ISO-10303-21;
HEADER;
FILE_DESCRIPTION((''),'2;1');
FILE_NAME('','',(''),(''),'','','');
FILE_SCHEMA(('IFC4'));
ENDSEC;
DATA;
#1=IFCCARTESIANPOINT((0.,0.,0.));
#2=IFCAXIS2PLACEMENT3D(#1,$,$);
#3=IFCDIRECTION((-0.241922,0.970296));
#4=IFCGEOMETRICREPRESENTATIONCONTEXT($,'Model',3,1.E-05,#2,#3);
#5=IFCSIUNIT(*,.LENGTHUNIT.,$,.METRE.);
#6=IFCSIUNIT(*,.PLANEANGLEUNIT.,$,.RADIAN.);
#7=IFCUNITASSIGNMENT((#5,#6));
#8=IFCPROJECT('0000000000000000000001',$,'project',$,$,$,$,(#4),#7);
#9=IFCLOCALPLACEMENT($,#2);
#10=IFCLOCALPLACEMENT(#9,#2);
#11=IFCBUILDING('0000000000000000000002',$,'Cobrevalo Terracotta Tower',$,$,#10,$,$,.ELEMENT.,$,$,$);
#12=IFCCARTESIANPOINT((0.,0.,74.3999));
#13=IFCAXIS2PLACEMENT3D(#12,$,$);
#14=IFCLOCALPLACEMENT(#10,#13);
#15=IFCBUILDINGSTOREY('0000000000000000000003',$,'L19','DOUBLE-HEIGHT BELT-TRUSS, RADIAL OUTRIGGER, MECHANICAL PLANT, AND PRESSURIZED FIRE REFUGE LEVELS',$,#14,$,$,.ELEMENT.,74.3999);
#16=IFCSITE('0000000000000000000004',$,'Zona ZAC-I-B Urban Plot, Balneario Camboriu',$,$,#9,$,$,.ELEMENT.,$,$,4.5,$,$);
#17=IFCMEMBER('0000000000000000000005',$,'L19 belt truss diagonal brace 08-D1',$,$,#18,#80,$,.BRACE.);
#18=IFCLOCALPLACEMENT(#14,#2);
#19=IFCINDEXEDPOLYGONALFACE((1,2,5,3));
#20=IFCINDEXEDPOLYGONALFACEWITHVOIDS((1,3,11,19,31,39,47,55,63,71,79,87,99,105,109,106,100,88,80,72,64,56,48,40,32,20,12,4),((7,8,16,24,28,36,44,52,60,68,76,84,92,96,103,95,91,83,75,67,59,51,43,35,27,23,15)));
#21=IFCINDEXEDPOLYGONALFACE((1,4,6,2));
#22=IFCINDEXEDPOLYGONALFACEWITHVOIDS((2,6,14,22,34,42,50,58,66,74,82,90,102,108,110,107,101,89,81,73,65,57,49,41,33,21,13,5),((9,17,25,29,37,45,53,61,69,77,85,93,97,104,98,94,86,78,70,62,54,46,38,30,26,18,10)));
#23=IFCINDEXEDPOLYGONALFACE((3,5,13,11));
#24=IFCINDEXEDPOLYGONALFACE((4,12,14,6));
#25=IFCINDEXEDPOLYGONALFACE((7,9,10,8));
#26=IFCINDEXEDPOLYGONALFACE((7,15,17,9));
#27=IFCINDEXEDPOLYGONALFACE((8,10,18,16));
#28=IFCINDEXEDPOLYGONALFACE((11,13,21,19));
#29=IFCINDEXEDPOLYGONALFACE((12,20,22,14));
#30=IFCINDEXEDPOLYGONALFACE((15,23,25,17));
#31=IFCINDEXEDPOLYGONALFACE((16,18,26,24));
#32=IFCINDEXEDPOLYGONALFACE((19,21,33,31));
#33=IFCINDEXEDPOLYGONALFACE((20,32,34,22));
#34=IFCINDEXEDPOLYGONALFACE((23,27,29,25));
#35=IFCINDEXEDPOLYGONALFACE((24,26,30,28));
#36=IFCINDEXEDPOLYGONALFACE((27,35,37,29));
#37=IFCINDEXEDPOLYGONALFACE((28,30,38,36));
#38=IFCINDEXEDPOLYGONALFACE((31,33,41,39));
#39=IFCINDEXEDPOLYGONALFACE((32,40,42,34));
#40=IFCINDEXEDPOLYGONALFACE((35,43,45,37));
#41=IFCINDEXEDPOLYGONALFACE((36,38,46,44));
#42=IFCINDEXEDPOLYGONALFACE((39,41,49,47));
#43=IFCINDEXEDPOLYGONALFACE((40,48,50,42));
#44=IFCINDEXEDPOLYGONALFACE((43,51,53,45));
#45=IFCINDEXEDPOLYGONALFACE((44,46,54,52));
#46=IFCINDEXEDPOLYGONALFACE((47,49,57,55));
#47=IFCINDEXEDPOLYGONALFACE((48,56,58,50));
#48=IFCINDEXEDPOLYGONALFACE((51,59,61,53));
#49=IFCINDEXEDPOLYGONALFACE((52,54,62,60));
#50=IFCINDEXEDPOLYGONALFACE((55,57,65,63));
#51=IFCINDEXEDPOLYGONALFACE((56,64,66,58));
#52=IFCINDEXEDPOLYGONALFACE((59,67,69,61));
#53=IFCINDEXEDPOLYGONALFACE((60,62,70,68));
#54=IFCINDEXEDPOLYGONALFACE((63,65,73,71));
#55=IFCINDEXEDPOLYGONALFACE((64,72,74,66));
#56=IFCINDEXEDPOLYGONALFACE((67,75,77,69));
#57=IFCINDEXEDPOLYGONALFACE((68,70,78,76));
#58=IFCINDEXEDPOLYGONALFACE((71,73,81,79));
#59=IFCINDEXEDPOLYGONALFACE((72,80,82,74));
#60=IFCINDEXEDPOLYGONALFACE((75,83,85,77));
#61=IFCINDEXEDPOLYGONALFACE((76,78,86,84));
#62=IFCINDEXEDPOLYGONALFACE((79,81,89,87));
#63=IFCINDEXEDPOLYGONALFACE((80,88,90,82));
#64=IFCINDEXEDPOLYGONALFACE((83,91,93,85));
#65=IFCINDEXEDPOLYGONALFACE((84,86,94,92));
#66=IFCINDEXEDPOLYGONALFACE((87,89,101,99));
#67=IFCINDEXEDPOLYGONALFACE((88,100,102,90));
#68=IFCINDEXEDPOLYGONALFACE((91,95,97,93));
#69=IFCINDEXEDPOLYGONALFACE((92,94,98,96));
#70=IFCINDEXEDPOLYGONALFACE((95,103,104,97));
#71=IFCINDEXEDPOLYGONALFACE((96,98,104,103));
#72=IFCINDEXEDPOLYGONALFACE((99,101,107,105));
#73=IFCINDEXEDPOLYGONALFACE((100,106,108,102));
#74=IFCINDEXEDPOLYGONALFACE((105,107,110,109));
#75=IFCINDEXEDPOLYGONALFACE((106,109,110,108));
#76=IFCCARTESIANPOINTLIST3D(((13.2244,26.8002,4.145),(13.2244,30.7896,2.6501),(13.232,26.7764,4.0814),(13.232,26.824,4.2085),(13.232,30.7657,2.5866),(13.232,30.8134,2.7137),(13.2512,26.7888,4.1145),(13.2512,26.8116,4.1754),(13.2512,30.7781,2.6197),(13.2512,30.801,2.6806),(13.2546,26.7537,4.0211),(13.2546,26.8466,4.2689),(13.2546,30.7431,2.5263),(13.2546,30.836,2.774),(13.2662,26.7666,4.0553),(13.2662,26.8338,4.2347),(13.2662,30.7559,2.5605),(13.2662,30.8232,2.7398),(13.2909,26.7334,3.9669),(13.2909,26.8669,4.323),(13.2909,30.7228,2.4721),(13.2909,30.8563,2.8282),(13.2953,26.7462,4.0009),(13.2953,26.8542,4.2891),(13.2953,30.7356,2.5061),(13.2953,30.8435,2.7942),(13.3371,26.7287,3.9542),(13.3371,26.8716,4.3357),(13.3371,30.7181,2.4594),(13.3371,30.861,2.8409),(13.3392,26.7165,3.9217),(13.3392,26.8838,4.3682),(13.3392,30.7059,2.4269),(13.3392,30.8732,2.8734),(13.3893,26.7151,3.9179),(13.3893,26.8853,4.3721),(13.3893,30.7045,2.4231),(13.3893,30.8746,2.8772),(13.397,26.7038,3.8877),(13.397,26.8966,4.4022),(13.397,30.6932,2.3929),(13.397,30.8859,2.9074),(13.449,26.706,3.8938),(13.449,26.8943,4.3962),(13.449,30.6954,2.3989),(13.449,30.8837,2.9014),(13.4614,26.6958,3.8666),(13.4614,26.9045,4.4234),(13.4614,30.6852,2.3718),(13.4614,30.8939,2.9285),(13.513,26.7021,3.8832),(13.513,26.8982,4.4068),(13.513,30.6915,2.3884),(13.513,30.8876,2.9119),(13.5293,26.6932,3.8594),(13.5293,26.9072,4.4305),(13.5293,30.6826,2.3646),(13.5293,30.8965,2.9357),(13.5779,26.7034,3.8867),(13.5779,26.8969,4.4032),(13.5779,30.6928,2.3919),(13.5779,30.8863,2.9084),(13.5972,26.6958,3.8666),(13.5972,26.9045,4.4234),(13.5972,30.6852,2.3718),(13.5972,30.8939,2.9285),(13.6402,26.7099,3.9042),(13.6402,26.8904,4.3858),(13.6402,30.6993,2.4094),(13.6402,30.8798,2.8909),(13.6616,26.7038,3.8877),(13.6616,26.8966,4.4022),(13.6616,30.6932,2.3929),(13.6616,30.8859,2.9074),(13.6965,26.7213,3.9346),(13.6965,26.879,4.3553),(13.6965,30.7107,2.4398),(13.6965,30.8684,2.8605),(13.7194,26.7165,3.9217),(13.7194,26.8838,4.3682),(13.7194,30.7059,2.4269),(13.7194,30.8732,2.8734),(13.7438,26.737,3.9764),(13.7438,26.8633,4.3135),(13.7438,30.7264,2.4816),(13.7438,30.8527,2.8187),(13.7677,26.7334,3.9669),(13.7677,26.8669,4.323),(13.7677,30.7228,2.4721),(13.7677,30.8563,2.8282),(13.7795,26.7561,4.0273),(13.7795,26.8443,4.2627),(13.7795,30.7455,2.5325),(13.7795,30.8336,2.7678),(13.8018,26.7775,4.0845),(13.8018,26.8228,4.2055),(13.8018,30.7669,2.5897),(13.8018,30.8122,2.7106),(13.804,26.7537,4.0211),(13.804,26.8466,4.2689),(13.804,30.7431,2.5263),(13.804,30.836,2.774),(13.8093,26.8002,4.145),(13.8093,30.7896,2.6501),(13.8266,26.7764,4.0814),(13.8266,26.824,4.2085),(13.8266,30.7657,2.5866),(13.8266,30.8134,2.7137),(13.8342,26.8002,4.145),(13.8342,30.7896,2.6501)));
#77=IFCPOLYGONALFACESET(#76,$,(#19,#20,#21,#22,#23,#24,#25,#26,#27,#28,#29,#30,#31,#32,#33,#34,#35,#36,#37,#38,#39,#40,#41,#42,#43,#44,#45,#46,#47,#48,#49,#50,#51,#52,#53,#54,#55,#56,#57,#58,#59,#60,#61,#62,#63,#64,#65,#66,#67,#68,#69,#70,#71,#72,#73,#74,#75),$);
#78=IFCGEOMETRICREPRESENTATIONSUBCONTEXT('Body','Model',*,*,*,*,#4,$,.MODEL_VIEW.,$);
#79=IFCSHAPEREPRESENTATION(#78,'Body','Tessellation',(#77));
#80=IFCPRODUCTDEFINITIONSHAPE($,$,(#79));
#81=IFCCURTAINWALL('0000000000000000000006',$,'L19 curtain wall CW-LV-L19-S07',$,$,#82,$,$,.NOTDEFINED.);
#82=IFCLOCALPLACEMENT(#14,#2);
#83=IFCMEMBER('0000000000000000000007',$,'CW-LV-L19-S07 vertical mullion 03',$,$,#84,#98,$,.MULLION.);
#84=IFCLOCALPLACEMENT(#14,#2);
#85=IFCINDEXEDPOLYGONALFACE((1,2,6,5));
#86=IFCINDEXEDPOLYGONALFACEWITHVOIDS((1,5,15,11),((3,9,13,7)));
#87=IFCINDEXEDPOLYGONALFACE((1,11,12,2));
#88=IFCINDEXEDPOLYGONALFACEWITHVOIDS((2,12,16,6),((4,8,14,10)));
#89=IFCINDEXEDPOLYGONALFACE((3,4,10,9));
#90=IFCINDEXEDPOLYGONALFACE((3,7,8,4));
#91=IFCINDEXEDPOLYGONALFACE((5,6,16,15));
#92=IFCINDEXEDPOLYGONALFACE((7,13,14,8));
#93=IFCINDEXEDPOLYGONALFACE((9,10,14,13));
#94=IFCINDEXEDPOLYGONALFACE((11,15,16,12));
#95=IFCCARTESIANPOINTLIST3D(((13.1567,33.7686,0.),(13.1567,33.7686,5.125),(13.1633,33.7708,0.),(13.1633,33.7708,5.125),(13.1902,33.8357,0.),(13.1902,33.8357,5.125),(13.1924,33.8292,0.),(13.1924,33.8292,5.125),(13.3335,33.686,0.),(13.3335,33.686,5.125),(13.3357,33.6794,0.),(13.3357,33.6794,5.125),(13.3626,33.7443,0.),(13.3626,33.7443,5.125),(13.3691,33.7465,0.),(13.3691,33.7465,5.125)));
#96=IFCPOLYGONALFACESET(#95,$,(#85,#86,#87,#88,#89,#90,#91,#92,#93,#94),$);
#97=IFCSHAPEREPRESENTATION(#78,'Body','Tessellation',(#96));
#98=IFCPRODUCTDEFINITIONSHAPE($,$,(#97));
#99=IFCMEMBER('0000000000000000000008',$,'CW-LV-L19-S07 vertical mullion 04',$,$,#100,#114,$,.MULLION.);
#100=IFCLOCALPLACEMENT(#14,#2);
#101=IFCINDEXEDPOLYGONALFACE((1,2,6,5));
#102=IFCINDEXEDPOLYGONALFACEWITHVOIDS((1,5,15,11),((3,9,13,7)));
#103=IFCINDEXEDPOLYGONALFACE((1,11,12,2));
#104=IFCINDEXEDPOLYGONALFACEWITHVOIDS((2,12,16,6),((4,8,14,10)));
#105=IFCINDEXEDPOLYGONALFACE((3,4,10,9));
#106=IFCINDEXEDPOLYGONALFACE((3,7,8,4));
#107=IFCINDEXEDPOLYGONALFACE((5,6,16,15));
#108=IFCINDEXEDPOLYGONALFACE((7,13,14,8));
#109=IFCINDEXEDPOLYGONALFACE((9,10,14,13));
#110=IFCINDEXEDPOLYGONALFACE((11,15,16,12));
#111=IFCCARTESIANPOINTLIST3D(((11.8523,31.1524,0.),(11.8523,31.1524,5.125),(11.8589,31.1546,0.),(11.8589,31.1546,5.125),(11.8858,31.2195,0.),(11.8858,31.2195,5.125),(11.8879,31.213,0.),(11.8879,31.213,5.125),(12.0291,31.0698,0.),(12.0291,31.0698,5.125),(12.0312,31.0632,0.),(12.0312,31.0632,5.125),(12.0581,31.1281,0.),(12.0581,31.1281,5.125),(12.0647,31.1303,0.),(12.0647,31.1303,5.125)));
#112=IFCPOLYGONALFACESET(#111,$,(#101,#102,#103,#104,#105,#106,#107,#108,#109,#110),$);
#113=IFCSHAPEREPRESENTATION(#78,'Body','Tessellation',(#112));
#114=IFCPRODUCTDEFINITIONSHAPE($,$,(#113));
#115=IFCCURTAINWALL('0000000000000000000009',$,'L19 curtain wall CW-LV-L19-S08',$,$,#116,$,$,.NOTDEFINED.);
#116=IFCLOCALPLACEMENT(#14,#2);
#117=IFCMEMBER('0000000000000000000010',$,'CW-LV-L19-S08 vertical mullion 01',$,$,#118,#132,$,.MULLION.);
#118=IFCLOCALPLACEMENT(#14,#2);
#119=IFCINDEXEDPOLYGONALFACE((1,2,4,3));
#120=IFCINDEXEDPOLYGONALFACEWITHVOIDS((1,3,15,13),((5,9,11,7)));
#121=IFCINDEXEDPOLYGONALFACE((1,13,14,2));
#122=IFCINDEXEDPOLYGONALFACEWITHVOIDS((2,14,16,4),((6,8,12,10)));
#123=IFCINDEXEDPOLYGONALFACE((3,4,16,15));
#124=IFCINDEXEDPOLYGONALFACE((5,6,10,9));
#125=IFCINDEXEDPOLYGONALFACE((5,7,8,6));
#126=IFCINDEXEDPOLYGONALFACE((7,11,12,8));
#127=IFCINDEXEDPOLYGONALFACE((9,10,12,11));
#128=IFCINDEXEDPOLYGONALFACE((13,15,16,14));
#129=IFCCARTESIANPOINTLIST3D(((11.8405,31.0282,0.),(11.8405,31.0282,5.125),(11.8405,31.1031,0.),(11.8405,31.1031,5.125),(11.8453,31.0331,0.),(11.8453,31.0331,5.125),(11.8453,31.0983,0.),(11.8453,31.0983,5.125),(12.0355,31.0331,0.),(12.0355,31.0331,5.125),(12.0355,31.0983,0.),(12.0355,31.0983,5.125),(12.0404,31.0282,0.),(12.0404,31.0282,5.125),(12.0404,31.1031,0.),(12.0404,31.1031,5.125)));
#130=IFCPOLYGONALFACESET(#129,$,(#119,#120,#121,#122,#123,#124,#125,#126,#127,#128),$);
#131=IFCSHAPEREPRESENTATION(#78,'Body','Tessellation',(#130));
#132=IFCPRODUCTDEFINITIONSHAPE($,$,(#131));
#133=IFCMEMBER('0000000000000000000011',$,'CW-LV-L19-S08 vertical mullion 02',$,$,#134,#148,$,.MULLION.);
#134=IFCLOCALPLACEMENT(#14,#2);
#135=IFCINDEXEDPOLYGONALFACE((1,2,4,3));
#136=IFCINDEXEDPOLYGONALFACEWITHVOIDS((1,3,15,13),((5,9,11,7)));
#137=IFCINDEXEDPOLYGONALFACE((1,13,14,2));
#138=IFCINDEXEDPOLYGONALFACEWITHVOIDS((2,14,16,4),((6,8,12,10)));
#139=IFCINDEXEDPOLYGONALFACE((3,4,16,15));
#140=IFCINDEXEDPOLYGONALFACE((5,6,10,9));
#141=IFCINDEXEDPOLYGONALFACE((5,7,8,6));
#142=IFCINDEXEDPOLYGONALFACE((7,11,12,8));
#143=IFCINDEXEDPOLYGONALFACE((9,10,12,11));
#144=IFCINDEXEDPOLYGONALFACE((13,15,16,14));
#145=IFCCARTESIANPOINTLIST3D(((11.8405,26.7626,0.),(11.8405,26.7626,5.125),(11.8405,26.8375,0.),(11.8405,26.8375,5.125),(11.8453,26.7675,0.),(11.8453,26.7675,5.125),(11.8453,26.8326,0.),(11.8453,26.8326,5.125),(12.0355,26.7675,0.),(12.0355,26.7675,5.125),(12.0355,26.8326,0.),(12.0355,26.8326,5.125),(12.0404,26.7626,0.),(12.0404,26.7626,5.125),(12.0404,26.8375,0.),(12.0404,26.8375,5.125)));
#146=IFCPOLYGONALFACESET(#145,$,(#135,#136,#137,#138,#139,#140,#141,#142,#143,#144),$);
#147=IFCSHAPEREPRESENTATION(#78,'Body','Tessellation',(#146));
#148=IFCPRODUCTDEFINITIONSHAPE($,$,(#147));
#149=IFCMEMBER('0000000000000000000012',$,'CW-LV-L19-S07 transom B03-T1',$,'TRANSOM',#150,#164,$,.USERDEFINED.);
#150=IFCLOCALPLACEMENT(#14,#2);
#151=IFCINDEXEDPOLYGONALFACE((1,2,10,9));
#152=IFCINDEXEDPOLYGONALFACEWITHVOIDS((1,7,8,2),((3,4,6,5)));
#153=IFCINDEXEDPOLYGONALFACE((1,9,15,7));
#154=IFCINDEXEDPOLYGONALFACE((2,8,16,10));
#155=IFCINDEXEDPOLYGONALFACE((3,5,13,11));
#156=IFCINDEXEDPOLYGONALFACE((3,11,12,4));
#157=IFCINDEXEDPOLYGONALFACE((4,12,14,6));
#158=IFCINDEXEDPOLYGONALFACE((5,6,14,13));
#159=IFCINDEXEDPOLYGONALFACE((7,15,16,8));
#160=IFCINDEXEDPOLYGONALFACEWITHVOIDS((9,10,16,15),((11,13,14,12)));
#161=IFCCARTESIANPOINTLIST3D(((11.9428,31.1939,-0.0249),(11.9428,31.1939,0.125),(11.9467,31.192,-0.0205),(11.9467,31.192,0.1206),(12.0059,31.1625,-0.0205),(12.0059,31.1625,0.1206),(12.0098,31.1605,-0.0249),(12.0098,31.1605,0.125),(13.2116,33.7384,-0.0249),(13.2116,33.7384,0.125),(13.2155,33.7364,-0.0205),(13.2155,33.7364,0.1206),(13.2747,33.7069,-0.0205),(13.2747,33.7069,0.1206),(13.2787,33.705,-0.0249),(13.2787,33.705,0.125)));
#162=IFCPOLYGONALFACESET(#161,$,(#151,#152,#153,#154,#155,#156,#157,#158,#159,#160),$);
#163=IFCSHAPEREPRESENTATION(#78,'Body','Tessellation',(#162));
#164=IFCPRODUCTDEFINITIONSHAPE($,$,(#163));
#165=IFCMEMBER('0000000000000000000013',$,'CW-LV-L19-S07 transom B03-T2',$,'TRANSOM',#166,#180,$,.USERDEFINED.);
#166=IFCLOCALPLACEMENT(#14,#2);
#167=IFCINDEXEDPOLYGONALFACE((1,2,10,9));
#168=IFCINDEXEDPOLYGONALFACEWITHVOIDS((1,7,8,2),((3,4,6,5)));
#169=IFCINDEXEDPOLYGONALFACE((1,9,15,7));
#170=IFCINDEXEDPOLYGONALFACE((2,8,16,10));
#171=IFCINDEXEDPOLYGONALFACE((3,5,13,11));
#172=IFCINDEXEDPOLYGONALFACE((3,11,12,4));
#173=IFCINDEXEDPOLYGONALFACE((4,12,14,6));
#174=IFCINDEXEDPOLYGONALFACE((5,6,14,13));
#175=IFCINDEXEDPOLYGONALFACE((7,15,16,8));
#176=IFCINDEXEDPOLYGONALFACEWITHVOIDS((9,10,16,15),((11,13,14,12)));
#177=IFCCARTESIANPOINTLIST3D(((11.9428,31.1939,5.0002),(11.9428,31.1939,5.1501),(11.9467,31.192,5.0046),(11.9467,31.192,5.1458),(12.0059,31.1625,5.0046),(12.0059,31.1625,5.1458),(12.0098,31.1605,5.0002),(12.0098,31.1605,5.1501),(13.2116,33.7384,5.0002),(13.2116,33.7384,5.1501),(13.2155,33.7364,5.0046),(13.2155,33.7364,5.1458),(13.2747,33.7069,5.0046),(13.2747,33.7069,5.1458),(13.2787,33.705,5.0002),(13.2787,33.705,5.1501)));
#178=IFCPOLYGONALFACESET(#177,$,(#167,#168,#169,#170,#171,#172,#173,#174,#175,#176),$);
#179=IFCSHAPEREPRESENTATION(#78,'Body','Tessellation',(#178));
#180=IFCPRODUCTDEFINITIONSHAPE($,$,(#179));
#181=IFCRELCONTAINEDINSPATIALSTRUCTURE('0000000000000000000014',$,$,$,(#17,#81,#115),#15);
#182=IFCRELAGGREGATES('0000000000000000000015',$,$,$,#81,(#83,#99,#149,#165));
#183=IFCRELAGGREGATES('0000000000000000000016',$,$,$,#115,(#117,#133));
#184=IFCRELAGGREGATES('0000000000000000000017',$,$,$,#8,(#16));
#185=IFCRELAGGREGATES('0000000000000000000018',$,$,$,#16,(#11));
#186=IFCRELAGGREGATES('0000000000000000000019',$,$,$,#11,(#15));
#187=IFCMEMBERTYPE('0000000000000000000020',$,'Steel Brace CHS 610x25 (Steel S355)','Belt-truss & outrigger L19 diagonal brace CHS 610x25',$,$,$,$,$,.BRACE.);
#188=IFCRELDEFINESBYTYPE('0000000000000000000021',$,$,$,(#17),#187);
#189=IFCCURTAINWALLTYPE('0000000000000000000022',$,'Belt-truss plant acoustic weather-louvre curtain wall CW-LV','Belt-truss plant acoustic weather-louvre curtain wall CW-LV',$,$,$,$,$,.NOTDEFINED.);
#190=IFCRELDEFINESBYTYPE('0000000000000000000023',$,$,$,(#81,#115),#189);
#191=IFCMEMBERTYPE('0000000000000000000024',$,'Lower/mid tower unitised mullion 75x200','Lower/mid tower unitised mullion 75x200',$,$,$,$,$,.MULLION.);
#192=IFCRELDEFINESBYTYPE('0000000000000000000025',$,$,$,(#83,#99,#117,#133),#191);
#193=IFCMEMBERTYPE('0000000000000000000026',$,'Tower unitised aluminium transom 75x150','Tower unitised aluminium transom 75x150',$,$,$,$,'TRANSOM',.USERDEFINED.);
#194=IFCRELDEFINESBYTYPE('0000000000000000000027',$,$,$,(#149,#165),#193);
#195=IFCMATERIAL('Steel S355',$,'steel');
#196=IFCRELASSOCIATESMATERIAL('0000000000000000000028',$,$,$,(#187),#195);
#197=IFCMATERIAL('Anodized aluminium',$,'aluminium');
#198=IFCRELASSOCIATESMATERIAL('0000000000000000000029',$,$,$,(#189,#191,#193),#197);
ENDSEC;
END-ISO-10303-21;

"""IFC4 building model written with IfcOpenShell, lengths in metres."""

from ifc_helpers import new_model, si_unit, direction, frame, origin, origin_2d, place, context, subcontext, project, spatial, hollow_rectangle, hollow_circle, extrude, source, transform, mapped, material, material_profile, profile_set, type_object, element, aggregate, save


model = new_model("IFC4")

# Units and contexts
model_context = context("Model", 3, precision=1e-05, world=origin(), true_north=direction((-0.241922, 0.970296)))
body_context = subcontext(model_context, "Body", "Model", "MODEL_VIEW")
ifc_project = project(units=[si_unit("LENGTHUNIT", "METRE"), si_unit("PLANEANGLEUNIT", "RADIAN")], contexts=[model_context])

# Site, building, storey
site_placement = place(None, origin())
site = spatial("IfcSite", under=ifc_project, at=site_placement, Name="Zona ZAC-I-B Urban Plot, Balneario Camboriu", CompositionType="ELEMENT", RefElevation=4.5)
building_placement = place(site_placement, origin())
building = spatial("IfcBuilding", under=site, at=building_placement, Name="Cobrevalo Terracotta Tower", CompositionType="ELEMENT")
storey_placement = place(building_placement, frame((0.0, 0.0, 74.3999)))
storey = spatial("IfcBuildingStorey", under=building, at=storey_placement, Name="L19", Description="DOUBLE-HEIGHT BELT-TRUSS, RADIAL OUTRIGGER, MECHANICAL PLANT, AND PRESSURIZED FIRE REFUGE LEVELS", CompositionType="ELEMENT", Elevation=74.3999)

# Shared definitions
ifc_material_1 = material(Name="Steel S355", Category="steel")

# Member
ifc_material_profile_1 = material_profile(ifc_material_1, hollow_circle(Radius=0.3049, WallThickness=0.0249, at=origin_2d()), Name="CHS 610x25")
ifc_profile_set_1 = profile_set([ifc_material_profile_1], Name="Steel S355")
member_type_1 = type_object("IfcMemberType", Name="Steel Brace CHS 610x25 (Steel S355)", Description="Belt-truss & outrigger L19 diagonal brace CHS 610x25", PredefinedType="BRACE", material=ifc_profile_set_1)
shared_shape_1 = source(origin(), body_context, "Body", "SweptSolid", [
    extrude(hollow_circle(Radius=0.3049, WallThickness=0.0249, at=origin_2d()), origin(), (0.0, 0.0, 1.0), 4.2603),
])
member_1_placement = place(storey_placement, frame((13.5293, 30.7896, 2.6501), z_axis=(0.0, -0.936421, 0.350879), x_axis=(1.0, 0.0, 0.0)))
element("IfcMember", 1, at=member_1_placement, inside=storey, type_object=member_type_1, Name="L19 belt truss diagonal brace 08-D1", PredefinedType="BRACE", context=body_context, shape_type="MappedRepresentation", body=[
    mapped(shared_shape_1, transform((0.0, 0.0, 0.0), scale=1.0)),
])

# Curtain walls, members
ifc_material_2 = material(Name="Anodized aluminium", Category="aluminium")
curtain_wall_type = type_object("IfcCurtainWallType", Name="Belt-truss plant acoustic weather-louvre curtain wall CW-LV", Description="Belt-truss plant acoustic weather-louvre curtain wall CW-LV", PredefinedType="NOTDEFINED", material=ifc_material_2)
curtain_wall_1_placement = place(storey_placement, origin())
curtain_wall_1 = element("IfcCurtainWall", 2, at=curtain_wall_1_placement, inside=storey, type_object=curtain_wall_type, Name="L19 curtain wall CW-LV-L19-S07", PredefinedType="NOTDEFINED")
ifc_material_profile_2 = material_profile(ifc_material_2, hollow_rectangle(XDim=0.075, YDim=0.2, WallThickness=0.0049, at=origin_2d()), Name="CWM 75x200")
ifc_profile_set_2 = profile_set([ifc_material_profile_2], Name="Anodized aluminium")
member_type_2 = type_object("IfcMemberType", Name="Lower/mid tower unitised mullion 75x200", Description="Lower/mid tower unitised mullion 75x200", PredefinedType="MULLION", material=ifc_profile_set_2)
shared_shape_2 = source(origin(), body_context, "Body", "SweptSolid", [
    extrude(hollow_rectangle(XDim=0.075, YDim=0.2, WallThickness=0.0049, at=origin_2d()), origin(), (0.0, 0.0, 1.0), 5.125),
])
member_2_placement = place(storey_placement, frame((13.2629, 33.7576, 0.0), z_axis=(0.0, 0.0, 1.0), x_axis=(-0.44626, -0.894903, 0.0)))
member_2 = element("IfcMember", 3, at=member_2_placement, type_object=member_type_2, Name="CW-LV-L19-S07 vertical mullion 03", PredefinedType="MULLION", context=body_context, shape_type="MappedRepresentation", body=[
    mapped(shared_shape_2, transform((0.0, 0.0, 0.0), scale=1.0)),
])
member_3_placement = place(storey_placement, frame((11.9585, 31.1414, 0.0), z_axis=(0.0, 0.0, 1.0), x_axis=(-0.44626, -0.894903, 0.0)))
member_3 = element("IfcMember", 4, at=member_3_placement, type_object=member_type_2, Name="CW-LV-L19-S07 vertical mullion 04", PredefinedType="MULLION", context=body_context, shape_type="MappedRepresentation", body=[
    mapped(shared_shape_2, transform((0.0, 0.0, 0.0), scale=1.0)),
])
curtain_wall_2_placement = place(storey_placement, origin())
curtain_wall_2 = element("IfcCurtainWall", 5, at=curtain_wall_2_placement, inside=storey, type_object=curtain_wall_type, Name="L19 curtain wall CW-LV-L19-S08", PredefinedType="NOTDEFINED")
member_4_placement = place(storey_placement, frame((11.9404, 31.0657, 0.0), z_axis=(0.0, 0.0, 1.0), x_axis=(0.0, -1.0, 0.0)))
member_4 = element("IfcMember", 6, at=member_4_placement, type_object=member_type_2, Name="CW-LV-L19-S08 vertical mullion 01", PredefinedType="MULLION", context=body_context, shape_type="MappedRepresentation", body=[
    mapped(shared_shape_2, transform((0.0, 0.0, 0.0), scale=1.0)),
])
member_5_placement = place(storey_placement, frame((11.9404, 26.8, 0.0), z_axis=(0.0, 0.0, 1.0), x_axis=(0.0, -1.0, 0.0)))
member_5 = element("IfcMember", 7, at=member_5_placement, type_object=member_type_2, Name="CW-LV-L19-S08 vertical mullion 02", PredefinedType="MULLION", context=body_context, shape_type="MappedRepresentation", body=[
    mapped(shared_shape_2, transform((0.0, 0.0, 0.0), scale=1.0)),
])

# Members
ifc_material_profile_3 = material_profile(ifc_material_2, hollow_rectangle(XDim=0.075, YDim=0.1499, WallThickness=0.0044, at=origin_2d()), Name="CWT 75x150")
ifc_profile_set_3 = profile_set([ifc_material_profile_3], Name="Anodized aluminium")
member_type_3 = type_object("IfcMemberType", Name="Tower unitised aluminium transom 75x150", Description="Tower unitised aluminium transom 75x150", ElementType="TRANSOM", PredefinedType="USERDEFINED", material=ifc_profile_set_3)
shared_shape_3 = source(origin(), body_context, "Body", "SweptSolid", [
    extrude(hollow_rectangle(XDim=0.075, YDim=0.1499, WallThickness=0.0044, at=origin_2d()), origin(), (0.0, 0.0, 1.0), 2.8433),
])
member_6_placement = place(storey_placement, frame((13.2451, 33.7217, 0.05), z_axis=(-0.446252, -0.894908, 0.0), x_axis=(0.894908, -0.446252, 0.0)))
member_6 = element("IfcMember", 8, at=member_6_placement, type_object=member_type_3, Name="CW-LV-L19-S07 transom B03-T1", ObjectType="TRANSOM", PredefinedType="USERDEFINED", context=body_context, shape_type="MappedRepresentation", body=[
    mapped(shared_shape_3, transform((0.0, 0.0, 0.0), scale=1.0)),
])
member_7_placement = place(storey_placement, frame((13.2451, 33.7217, 5.0752), z_axis=(-0.446252, -0.894908, 0.0), x_axis=(0.894908, -0.446252, 0.0)))
member_7 = element("IfcMember", 9, at=member_7_placement, type_object=member_type_3, Name="CW-LV-L19-S07 transom B03-T2", ObjectType="TRANSOM", PredefinedType="USERDEFINED", context=body_context, shape_type="MappedRepresentation", body=[
    mapped(shared_shape_3, transform((0.0, 0.0, 0.0), scale=1.0)),
])

aggregate(curtain_wall_1, [member_2, member_3, member_6, member_7])
aggregate(curtain_wall_2, [member_4, member_5])

save(model, "model.ifc")
